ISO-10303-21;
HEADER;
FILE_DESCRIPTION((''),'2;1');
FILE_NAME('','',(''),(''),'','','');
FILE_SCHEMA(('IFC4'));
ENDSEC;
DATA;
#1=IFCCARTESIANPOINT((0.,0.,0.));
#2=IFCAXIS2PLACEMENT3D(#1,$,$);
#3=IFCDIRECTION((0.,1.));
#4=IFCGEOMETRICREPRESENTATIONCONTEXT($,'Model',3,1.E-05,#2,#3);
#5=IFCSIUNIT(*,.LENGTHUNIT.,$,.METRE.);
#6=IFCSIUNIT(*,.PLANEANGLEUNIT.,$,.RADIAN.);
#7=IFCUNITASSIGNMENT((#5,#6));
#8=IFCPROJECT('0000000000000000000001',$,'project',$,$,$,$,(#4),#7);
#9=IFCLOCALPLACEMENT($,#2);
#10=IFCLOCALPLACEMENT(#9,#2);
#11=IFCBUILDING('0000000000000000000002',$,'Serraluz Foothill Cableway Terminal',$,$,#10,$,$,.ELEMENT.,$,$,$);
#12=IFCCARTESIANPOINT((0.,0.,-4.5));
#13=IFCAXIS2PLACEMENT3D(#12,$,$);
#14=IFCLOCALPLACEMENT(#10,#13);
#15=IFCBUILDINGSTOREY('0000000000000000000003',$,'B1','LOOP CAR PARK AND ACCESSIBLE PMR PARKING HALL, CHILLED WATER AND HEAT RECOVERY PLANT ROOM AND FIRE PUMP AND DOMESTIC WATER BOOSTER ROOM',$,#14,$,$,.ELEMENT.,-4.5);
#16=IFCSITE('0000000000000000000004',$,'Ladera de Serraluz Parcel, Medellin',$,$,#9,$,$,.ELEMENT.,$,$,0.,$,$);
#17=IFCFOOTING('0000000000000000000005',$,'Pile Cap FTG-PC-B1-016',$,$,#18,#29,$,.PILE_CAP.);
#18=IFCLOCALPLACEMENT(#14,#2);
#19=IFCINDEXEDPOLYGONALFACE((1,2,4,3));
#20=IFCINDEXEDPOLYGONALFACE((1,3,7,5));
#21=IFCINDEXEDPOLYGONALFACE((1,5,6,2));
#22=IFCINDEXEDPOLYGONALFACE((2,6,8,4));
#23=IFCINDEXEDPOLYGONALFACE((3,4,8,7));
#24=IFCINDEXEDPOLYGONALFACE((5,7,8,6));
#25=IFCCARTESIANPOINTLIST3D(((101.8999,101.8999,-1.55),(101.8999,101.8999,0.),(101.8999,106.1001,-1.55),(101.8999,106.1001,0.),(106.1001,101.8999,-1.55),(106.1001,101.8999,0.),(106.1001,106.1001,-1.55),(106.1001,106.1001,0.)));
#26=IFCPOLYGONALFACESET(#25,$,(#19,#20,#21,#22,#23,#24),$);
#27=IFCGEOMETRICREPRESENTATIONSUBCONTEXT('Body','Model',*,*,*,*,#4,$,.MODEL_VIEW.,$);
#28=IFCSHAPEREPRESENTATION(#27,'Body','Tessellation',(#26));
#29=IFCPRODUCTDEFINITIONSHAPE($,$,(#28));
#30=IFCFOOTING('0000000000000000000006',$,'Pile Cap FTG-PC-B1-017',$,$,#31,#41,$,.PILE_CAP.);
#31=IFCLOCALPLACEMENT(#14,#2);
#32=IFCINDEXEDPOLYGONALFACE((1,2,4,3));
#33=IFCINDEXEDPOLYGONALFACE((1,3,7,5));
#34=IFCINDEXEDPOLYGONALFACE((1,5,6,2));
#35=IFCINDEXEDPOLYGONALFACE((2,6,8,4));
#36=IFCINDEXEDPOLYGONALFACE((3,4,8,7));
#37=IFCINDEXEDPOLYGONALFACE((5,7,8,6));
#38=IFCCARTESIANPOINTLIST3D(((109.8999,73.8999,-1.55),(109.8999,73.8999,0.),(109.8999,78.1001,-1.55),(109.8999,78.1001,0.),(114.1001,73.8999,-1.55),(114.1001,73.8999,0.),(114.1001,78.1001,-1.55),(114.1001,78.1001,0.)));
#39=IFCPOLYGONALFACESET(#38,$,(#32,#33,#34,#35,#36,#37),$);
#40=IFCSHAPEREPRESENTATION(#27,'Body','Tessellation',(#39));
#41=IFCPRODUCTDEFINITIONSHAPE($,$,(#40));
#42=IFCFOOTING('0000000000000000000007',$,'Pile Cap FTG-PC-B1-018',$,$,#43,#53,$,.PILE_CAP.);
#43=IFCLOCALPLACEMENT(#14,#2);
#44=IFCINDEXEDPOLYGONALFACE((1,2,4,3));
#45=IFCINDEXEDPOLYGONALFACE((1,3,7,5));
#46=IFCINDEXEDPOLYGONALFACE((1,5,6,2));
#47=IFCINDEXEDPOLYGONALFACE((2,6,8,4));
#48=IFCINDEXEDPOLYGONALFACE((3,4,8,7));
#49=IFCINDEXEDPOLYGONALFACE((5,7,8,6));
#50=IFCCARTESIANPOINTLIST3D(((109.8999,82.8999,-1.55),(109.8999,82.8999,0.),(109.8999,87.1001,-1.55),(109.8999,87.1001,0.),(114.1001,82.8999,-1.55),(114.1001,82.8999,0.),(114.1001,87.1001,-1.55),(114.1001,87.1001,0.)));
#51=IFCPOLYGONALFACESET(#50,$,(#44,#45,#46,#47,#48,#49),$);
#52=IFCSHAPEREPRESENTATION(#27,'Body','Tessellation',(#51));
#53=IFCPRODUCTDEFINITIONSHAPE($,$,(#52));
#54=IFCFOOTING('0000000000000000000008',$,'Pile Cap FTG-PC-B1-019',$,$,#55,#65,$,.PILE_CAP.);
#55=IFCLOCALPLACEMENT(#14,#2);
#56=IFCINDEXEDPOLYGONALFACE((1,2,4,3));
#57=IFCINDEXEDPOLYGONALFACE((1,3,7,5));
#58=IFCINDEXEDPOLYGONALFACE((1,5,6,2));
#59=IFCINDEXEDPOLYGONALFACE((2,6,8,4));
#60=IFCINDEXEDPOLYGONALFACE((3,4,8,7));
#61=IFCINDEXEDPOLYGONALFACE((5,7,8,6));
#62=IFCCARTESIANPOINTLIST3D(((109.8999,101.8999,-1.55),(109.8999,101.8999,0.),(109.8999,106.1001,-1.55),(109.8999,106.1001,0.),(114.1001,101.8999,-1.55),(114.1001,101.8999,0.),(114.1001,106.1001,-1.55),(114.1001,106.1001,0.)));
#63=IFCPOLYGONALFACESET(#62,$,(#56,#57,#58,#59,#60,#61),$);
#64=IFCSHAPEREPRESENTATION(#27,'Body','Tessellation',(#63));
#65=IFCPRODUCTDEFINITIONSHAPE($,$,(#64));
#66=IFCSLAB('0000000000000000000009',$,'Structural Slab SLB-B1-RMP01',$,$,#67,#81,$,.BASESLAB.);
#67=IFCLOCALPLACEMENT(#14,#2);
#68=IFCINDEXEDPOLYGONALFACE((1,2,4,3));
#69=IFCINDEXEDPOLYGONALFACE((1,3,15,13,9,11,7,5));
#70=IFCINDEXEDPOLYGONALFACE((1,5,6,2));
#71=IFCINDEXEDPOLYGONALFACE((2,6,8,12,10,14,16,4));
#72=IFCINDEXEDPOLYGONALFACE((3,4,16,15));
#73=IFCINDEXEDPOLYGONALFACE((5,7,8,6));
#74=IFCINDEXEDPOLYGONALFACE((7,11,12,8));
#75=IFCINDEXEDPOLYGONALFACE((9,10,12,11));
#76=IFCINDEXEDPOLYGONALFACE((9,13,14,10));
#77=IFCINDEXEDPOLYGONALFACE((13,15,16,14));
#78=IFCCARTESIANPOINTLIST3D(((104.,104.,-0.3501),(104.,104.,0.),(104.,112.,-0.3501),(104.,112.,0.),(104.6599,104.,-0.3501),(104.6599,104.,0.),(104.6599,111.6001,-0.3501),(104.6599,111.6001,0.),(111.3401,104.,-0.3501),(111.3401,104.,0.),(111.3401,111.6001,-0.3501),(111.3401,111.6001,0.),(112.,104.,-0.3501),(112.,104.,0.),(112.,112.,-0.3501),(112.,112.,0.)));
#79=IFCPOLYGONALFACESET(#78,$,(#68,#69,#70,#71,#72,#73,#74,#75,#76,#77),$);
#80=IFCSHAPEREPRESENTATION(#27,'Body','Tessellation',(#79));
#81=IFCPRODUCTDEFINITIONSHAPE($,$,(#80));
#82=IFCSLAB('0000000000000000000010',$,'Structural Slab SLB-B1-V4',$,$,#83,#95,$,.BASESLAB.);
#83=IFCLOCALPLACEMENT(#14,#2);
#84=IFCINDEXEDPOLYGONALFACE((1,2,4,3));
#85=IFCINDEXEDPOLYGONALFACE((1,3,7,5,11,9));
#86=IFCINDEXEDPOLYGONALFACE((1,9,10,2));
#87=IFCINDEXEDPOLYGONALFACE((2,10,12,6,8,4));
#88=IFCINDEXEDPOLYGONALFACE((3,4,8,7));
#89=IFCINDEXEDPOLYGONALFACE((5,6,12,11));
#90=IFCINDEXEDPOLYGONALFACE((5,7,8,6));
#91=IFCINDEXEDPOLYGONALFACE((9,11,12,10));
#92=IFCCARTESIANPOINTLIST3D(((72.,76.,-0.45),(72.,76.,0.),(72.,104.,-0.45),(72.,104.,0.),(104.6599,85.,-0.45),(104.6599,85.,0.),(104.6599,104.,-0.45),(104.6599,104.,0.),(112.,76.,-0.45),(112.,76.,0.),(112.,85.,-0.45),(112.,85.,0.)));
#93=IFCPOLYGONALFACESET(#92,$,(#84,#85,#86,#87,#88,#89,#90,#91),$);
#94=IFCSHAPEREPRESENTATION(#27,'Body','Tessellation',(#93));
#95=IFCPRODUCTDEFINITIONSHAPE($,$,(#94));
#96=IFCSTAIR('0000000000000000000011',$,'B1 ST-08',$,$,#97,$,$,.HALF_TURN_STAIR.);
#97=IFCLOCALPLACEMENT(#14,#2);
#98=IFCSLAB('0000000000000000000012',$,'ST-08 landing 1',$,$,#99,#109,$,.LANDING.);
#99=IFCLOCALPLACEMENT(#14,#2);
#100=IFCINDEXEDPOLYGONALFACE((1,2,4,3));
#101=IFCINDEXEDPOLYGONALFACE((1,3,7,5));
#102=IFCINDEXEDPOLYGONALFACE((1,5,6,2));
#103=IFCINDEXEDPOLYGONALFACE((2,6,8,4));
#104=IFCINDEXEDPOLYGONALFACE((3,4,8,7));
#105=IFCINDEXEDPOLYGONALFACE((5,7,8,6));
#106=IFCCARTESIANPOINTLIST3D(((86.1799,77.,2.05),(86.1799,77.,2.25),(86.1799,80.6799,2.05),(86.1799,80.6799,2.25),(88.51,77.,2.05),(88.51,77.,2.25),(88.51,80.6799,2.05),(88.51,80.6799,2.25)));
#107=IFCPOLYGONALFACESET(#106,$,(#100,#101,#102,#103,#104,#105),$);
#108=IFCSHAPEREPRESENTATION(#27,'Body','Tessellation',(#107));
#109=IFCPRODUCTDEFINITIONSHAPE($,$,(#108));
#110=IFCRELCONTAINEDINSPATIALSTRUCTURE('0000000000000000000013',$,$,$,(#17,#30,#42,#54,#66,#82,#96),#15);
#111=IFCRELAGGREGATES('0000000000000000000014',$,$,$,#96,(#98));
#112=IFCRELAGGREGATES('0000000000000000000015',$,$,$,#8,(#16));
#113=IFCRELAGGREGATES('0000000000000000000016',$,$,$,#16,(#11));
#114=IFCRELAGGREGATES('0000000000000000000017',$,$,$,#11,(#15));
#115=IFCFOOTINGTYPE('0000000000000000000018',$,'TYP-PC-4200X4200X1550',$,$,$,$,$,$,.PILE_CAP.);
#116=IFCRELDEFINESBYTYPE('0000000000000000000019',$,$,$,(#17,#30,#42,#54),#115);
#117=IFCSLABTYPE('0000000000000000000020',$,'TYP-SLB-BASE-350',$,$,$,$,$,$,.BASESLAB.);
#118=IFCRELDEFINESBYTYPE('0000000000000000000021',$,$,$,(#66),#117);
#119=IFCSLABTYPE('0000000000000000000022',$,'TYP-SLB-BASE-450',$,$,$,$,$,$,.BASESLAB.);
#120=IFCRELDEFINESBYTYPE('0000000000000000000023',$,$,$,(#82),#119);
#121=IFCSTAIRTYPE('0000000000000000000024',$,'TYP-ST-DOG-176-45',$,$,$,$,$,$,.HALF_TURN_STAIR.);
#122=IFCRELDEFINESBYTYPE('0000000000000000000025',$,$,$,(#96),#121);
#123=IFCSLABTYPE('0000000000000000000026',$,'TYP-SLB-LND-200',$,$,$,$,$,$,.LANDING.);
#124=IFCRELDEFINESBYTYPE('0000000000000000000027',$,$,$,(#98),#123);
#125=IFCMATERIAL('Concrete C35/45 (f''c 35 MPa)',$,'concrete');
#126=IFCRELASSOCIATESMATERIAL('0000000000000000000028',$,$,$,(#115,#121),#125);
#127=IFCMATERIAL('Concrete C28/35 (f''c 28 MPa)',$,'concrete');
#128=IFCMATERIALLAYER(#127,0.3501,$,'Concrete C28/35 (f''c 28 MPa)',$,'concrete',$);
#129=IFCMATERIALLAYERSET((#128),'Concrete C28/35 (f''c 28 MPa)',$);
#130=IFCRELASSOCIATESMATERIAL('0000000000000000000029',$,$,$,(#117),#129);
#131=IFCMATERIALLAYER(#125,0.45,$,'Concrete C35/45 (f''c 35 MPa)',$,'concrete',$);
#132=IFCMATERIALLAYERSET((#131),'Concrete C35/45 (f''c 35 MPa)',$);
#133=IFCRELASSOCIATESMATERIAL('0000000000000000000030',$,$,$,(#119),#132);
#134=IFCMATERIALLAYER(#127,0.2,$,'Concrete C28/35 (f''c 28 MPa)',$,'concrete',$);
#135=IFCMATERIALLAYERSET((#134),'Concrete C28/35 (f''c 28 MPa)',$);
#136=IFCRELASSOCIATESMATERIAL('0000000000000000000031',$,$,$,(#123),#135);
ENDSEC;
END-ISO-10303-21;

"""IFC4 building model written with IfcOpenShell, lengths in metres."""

from ifc_helpers import new_model, si_unit, direction, frame, origin, place, context, subcontext, project, spatial, polyline, outline, extrude, material, layer, layer_set, type_object, element, aggregate, save


model = new_model("IFC4")

# Units and contexts
model_context = context("Model", 3, precision=1e-05, world=origin(), true_north=direction((0.0, 1.0)))
body_context = subcontext(model_context, "Body", "Model", "MODEL_VIEW")
ifc_project = project(units=[si_unit("LENGTHUNIT", "METRE"), si_unit("PLANEANGLEUNIT", "RADIAN")], contexts=[model_context])

# Site, building, storey
site_placement = place(None, origin())
site = spatial("IfcSite", under=ifc_project, at=site_placement, Name="Ladera de Serraluz Parcel, Medellin", CompositionType="ELEMENT", RefElevation=0.0)
building_placement = place(site_placement, origin())
building = spatial("IfcBuilding", under=site, at=building_placement, Name="Serraluz Foothill Cableway Terminal", CompositionType="ELEMENT")
storey_placement = place(building_placement, frame((0.0, 0.0, -4.5)))
storey = spatial("IfcBuildingStorey", under=building, at=storey_placement, Name="B1", Description="LOOP CAR PARK AND ACCESSIBLE PMR PARKING HALL, CHILLED WATER AND HEAT RECOVERY PLANT ROOM AND FIRE PUMP AND DOMESTIC WATER BOOSTER ROOM", CompositionType="ELEMENT", Elevation=-4.5)

# Footings
ifc_material_1 = material(Name="Concrete C35/45 (f'c 35 MPa)", Category="concrete")
footing_type_1 = type_object("IfcFootingType", Name="TYP-PC-4200X4200X1550", PredefinedType="PILE_CAP", material=ifc_material_1)
footing_1_placement = place(storey_placement, frame((0.0, 0.0, -1.55)))
element("IfcFooting", 1, at=footing_1_placement, inside=storey, type_object=footing_type_1, Name="Pile Cap FTG-PC-B1-016", PredefinedType="PILE_CAP", context=body_context, shape_type="SweptSolid", body=[
    extrude(outline(polyline([(101.8999, 101.8999), (106.1001, 101.8999), (106.1001, 106.1001), (101.8999, 106.1001), (101.8999, 101.8999)])), origin(), (0.0, 0.0, 1.0), 1.55),
])
footing_2_placement = place(storey_placement, frame((0.0, 0.0, -1.55)))
element("IfcFooting", 2, at=footing_2_placement, inside=storey, type_object=footing_type_1, Name="Pile Cap FTG-PC-B1-017", PredefinedType="PILE_CAP", context=body_context, shape_type="SweptSolid", body=[
    extrude(outline(polyline([(109.8999, 73.8999), (114.1001, 73.8999), (114.1001, 78.1001), (109.8999, 78.1001), (109.8999, 73.8999)])), origin(), (0.0, 0.0, 1.0), 1.55),
])
footing_3_placement = place(storey_placement, frame((0.0, 0.0, -1.55)))
element("IfcFooting", 3, at=footing_3_placement, inside=storey, type_object=footing_type_1, Name="Pile Cap FTG-PC-B1-018", PredefinedType="PILE_CAP", context=body_context, shape_type="SweptSolid", body=[
    extrude(outline(polyline([(109.8999, 82.8999), (114.1001, 82.8999), (114.1001, 87.1001), (109.8999, 87.1001), (109.8999, 82.8999)])), origin(), (0.0, 0.0, 1.0), 1.55),
])
footing_4_placement = place(storey_placement, frame((0.0, 0.0, -1.55)))
element("IfcFooting", 4, at=footing_4_placement, inside=storey, type_object=footing_type_1, Name="Pile Cap FTG-PC-B1-019", PredefinedType="PILE_CAP", context=body_context, shape_type="SweptSolid", body=[
    extrude(outline(polyline([(109.8999, 101.8999), (114.1001, 101.8999), (114.1001, 106.1001), (109.8999, 106.1001), (109.8999, 101.8999)])), origin(), (0.0, 0.0, 1.0), 1.55),
])

# Slabs
ifc_material_2 = material(Name="Concrete C28/35 (f'c 28 MPa)", Category="concrete")
ifc_layer_1 = layer(ifc_material_2, 0.3501, Name="Concrete C28/35 (f'c 28 MPa)", Category="concrete")
ifc_layer_set_1 = layer_set([ifc_layer_1], Name="Concrete C28/35 (f'c 28 MPa)")
slab_type_1 = type_object("IfcSlabType", Name="TYP-SLB-BASE-350", PredefinedType="BASESLAB", material=ifc_layer_set_1)
slab_1_placement = place(storey_placement, frame((0.0, 0.0, -0.3501)))
element("IfcSlab", 5, at=slab_1_placement, inside=storey, type_object=slab_type_1, Name="Structural Slab SLB-B1-RMP01", PredefinedType="BASESLAB", context=body_context, shape_type="SweptSolid", body=[
    extrude(outline(polyline([(104.0, 104.0), (104.6599, 104.0), (104.6599, 111.6001), (111.3401, 111.6001), (111.3401, 104.0), (112.0, 104.0), (112.0, 112.0), (104.0, 112.0), (104.0, 104.0)])), origin(), (0.0, 0.0, 1.0), 0.3501),
])
ifc_layer_2 = layer(ifc_material_1, 0.45, Name="Concrete C35/45 (f'c 35 MPa)", Category="concrete")
ifc_layer_set_2 = layer_set([ifc_layer_2], Name="Concrete C35/45 (f'c 35 MPa)")
slab_type_2 = type_object("IfcSlabType", Name="TYP-SLB-BASE-450", PredefinedType="BASESLAB", material=ifc_layer_set_2)
slab_2_placement = place(storey_placement, frame((0.0, 0.0, -0.45)))
element("IfcSlab", 6, at=slab_2_placement, inside=storey, type_object=slab_type_2, Name="Structural Slab SLB-B1-V4", PredefinedType="BASESLAB", context=body_context, shape_type="SweptSolid", body=[
    extrude(outline(polyline([(72.0, 76.0), (112.0, 76.0), (112.0, 85.0), (104.6599, 85.0), (104.6599, 104.0), (72.0, 104.0), (72.0, 76.0)])), origin(), (0.0, 0.0, 1.0), 0.45),
])

# Stair, slab
stair_type = type_object("IfcStairType", Name="TYP-ST-DOG-176-45", PredefinedType="HALF_TURN_STAIR", material=ifc_material_1)
stair_placement = place(storey_placement, origin())
stair = element("IfcStair", 7, at=stair_placement, inside=storey, type_object=stair_type, Name="B1 ST-08", PredefinedType="HALF_TURN_STAIR")
ifc_layer_3 = layer(ifc_material_2, 0.2, Name="Concrete C28/35 (f'c 28 MPa)", Category="concrete")
ifc_layer_set_3 = layer_set([ifc_layer_3], Name="Concrete C28/35 (f'c 28 MPa)")
slab_type_3 = type_object("IfcSlabType", Name="TYP-SLB-LND-200", PredefinedType="LANDING", material=ifc_layer_set_3)
slab_3_placement = place(storey_placement, frame((0.0, 0.0, 2.05)))
slab_3 = element("IfcSlab", 8, at=slab_3_placement, type_object=slab_type_3, Name="ST-08 landing 1", PredefinedType="LANDING", context=body_context, shape_type="SweptSolid", body=[
    extrude(outline(polyline([(86.1799, 77.0), (88.51, 77.0), (88.51, 80.6799), (86.1799, 80.6799), (86.1799, 77.0)])), origin(), (0.0, 0.0, 1.0), 0.2),
])
aggregate(stair, [slab_3])

save(model, "model.ifc")
